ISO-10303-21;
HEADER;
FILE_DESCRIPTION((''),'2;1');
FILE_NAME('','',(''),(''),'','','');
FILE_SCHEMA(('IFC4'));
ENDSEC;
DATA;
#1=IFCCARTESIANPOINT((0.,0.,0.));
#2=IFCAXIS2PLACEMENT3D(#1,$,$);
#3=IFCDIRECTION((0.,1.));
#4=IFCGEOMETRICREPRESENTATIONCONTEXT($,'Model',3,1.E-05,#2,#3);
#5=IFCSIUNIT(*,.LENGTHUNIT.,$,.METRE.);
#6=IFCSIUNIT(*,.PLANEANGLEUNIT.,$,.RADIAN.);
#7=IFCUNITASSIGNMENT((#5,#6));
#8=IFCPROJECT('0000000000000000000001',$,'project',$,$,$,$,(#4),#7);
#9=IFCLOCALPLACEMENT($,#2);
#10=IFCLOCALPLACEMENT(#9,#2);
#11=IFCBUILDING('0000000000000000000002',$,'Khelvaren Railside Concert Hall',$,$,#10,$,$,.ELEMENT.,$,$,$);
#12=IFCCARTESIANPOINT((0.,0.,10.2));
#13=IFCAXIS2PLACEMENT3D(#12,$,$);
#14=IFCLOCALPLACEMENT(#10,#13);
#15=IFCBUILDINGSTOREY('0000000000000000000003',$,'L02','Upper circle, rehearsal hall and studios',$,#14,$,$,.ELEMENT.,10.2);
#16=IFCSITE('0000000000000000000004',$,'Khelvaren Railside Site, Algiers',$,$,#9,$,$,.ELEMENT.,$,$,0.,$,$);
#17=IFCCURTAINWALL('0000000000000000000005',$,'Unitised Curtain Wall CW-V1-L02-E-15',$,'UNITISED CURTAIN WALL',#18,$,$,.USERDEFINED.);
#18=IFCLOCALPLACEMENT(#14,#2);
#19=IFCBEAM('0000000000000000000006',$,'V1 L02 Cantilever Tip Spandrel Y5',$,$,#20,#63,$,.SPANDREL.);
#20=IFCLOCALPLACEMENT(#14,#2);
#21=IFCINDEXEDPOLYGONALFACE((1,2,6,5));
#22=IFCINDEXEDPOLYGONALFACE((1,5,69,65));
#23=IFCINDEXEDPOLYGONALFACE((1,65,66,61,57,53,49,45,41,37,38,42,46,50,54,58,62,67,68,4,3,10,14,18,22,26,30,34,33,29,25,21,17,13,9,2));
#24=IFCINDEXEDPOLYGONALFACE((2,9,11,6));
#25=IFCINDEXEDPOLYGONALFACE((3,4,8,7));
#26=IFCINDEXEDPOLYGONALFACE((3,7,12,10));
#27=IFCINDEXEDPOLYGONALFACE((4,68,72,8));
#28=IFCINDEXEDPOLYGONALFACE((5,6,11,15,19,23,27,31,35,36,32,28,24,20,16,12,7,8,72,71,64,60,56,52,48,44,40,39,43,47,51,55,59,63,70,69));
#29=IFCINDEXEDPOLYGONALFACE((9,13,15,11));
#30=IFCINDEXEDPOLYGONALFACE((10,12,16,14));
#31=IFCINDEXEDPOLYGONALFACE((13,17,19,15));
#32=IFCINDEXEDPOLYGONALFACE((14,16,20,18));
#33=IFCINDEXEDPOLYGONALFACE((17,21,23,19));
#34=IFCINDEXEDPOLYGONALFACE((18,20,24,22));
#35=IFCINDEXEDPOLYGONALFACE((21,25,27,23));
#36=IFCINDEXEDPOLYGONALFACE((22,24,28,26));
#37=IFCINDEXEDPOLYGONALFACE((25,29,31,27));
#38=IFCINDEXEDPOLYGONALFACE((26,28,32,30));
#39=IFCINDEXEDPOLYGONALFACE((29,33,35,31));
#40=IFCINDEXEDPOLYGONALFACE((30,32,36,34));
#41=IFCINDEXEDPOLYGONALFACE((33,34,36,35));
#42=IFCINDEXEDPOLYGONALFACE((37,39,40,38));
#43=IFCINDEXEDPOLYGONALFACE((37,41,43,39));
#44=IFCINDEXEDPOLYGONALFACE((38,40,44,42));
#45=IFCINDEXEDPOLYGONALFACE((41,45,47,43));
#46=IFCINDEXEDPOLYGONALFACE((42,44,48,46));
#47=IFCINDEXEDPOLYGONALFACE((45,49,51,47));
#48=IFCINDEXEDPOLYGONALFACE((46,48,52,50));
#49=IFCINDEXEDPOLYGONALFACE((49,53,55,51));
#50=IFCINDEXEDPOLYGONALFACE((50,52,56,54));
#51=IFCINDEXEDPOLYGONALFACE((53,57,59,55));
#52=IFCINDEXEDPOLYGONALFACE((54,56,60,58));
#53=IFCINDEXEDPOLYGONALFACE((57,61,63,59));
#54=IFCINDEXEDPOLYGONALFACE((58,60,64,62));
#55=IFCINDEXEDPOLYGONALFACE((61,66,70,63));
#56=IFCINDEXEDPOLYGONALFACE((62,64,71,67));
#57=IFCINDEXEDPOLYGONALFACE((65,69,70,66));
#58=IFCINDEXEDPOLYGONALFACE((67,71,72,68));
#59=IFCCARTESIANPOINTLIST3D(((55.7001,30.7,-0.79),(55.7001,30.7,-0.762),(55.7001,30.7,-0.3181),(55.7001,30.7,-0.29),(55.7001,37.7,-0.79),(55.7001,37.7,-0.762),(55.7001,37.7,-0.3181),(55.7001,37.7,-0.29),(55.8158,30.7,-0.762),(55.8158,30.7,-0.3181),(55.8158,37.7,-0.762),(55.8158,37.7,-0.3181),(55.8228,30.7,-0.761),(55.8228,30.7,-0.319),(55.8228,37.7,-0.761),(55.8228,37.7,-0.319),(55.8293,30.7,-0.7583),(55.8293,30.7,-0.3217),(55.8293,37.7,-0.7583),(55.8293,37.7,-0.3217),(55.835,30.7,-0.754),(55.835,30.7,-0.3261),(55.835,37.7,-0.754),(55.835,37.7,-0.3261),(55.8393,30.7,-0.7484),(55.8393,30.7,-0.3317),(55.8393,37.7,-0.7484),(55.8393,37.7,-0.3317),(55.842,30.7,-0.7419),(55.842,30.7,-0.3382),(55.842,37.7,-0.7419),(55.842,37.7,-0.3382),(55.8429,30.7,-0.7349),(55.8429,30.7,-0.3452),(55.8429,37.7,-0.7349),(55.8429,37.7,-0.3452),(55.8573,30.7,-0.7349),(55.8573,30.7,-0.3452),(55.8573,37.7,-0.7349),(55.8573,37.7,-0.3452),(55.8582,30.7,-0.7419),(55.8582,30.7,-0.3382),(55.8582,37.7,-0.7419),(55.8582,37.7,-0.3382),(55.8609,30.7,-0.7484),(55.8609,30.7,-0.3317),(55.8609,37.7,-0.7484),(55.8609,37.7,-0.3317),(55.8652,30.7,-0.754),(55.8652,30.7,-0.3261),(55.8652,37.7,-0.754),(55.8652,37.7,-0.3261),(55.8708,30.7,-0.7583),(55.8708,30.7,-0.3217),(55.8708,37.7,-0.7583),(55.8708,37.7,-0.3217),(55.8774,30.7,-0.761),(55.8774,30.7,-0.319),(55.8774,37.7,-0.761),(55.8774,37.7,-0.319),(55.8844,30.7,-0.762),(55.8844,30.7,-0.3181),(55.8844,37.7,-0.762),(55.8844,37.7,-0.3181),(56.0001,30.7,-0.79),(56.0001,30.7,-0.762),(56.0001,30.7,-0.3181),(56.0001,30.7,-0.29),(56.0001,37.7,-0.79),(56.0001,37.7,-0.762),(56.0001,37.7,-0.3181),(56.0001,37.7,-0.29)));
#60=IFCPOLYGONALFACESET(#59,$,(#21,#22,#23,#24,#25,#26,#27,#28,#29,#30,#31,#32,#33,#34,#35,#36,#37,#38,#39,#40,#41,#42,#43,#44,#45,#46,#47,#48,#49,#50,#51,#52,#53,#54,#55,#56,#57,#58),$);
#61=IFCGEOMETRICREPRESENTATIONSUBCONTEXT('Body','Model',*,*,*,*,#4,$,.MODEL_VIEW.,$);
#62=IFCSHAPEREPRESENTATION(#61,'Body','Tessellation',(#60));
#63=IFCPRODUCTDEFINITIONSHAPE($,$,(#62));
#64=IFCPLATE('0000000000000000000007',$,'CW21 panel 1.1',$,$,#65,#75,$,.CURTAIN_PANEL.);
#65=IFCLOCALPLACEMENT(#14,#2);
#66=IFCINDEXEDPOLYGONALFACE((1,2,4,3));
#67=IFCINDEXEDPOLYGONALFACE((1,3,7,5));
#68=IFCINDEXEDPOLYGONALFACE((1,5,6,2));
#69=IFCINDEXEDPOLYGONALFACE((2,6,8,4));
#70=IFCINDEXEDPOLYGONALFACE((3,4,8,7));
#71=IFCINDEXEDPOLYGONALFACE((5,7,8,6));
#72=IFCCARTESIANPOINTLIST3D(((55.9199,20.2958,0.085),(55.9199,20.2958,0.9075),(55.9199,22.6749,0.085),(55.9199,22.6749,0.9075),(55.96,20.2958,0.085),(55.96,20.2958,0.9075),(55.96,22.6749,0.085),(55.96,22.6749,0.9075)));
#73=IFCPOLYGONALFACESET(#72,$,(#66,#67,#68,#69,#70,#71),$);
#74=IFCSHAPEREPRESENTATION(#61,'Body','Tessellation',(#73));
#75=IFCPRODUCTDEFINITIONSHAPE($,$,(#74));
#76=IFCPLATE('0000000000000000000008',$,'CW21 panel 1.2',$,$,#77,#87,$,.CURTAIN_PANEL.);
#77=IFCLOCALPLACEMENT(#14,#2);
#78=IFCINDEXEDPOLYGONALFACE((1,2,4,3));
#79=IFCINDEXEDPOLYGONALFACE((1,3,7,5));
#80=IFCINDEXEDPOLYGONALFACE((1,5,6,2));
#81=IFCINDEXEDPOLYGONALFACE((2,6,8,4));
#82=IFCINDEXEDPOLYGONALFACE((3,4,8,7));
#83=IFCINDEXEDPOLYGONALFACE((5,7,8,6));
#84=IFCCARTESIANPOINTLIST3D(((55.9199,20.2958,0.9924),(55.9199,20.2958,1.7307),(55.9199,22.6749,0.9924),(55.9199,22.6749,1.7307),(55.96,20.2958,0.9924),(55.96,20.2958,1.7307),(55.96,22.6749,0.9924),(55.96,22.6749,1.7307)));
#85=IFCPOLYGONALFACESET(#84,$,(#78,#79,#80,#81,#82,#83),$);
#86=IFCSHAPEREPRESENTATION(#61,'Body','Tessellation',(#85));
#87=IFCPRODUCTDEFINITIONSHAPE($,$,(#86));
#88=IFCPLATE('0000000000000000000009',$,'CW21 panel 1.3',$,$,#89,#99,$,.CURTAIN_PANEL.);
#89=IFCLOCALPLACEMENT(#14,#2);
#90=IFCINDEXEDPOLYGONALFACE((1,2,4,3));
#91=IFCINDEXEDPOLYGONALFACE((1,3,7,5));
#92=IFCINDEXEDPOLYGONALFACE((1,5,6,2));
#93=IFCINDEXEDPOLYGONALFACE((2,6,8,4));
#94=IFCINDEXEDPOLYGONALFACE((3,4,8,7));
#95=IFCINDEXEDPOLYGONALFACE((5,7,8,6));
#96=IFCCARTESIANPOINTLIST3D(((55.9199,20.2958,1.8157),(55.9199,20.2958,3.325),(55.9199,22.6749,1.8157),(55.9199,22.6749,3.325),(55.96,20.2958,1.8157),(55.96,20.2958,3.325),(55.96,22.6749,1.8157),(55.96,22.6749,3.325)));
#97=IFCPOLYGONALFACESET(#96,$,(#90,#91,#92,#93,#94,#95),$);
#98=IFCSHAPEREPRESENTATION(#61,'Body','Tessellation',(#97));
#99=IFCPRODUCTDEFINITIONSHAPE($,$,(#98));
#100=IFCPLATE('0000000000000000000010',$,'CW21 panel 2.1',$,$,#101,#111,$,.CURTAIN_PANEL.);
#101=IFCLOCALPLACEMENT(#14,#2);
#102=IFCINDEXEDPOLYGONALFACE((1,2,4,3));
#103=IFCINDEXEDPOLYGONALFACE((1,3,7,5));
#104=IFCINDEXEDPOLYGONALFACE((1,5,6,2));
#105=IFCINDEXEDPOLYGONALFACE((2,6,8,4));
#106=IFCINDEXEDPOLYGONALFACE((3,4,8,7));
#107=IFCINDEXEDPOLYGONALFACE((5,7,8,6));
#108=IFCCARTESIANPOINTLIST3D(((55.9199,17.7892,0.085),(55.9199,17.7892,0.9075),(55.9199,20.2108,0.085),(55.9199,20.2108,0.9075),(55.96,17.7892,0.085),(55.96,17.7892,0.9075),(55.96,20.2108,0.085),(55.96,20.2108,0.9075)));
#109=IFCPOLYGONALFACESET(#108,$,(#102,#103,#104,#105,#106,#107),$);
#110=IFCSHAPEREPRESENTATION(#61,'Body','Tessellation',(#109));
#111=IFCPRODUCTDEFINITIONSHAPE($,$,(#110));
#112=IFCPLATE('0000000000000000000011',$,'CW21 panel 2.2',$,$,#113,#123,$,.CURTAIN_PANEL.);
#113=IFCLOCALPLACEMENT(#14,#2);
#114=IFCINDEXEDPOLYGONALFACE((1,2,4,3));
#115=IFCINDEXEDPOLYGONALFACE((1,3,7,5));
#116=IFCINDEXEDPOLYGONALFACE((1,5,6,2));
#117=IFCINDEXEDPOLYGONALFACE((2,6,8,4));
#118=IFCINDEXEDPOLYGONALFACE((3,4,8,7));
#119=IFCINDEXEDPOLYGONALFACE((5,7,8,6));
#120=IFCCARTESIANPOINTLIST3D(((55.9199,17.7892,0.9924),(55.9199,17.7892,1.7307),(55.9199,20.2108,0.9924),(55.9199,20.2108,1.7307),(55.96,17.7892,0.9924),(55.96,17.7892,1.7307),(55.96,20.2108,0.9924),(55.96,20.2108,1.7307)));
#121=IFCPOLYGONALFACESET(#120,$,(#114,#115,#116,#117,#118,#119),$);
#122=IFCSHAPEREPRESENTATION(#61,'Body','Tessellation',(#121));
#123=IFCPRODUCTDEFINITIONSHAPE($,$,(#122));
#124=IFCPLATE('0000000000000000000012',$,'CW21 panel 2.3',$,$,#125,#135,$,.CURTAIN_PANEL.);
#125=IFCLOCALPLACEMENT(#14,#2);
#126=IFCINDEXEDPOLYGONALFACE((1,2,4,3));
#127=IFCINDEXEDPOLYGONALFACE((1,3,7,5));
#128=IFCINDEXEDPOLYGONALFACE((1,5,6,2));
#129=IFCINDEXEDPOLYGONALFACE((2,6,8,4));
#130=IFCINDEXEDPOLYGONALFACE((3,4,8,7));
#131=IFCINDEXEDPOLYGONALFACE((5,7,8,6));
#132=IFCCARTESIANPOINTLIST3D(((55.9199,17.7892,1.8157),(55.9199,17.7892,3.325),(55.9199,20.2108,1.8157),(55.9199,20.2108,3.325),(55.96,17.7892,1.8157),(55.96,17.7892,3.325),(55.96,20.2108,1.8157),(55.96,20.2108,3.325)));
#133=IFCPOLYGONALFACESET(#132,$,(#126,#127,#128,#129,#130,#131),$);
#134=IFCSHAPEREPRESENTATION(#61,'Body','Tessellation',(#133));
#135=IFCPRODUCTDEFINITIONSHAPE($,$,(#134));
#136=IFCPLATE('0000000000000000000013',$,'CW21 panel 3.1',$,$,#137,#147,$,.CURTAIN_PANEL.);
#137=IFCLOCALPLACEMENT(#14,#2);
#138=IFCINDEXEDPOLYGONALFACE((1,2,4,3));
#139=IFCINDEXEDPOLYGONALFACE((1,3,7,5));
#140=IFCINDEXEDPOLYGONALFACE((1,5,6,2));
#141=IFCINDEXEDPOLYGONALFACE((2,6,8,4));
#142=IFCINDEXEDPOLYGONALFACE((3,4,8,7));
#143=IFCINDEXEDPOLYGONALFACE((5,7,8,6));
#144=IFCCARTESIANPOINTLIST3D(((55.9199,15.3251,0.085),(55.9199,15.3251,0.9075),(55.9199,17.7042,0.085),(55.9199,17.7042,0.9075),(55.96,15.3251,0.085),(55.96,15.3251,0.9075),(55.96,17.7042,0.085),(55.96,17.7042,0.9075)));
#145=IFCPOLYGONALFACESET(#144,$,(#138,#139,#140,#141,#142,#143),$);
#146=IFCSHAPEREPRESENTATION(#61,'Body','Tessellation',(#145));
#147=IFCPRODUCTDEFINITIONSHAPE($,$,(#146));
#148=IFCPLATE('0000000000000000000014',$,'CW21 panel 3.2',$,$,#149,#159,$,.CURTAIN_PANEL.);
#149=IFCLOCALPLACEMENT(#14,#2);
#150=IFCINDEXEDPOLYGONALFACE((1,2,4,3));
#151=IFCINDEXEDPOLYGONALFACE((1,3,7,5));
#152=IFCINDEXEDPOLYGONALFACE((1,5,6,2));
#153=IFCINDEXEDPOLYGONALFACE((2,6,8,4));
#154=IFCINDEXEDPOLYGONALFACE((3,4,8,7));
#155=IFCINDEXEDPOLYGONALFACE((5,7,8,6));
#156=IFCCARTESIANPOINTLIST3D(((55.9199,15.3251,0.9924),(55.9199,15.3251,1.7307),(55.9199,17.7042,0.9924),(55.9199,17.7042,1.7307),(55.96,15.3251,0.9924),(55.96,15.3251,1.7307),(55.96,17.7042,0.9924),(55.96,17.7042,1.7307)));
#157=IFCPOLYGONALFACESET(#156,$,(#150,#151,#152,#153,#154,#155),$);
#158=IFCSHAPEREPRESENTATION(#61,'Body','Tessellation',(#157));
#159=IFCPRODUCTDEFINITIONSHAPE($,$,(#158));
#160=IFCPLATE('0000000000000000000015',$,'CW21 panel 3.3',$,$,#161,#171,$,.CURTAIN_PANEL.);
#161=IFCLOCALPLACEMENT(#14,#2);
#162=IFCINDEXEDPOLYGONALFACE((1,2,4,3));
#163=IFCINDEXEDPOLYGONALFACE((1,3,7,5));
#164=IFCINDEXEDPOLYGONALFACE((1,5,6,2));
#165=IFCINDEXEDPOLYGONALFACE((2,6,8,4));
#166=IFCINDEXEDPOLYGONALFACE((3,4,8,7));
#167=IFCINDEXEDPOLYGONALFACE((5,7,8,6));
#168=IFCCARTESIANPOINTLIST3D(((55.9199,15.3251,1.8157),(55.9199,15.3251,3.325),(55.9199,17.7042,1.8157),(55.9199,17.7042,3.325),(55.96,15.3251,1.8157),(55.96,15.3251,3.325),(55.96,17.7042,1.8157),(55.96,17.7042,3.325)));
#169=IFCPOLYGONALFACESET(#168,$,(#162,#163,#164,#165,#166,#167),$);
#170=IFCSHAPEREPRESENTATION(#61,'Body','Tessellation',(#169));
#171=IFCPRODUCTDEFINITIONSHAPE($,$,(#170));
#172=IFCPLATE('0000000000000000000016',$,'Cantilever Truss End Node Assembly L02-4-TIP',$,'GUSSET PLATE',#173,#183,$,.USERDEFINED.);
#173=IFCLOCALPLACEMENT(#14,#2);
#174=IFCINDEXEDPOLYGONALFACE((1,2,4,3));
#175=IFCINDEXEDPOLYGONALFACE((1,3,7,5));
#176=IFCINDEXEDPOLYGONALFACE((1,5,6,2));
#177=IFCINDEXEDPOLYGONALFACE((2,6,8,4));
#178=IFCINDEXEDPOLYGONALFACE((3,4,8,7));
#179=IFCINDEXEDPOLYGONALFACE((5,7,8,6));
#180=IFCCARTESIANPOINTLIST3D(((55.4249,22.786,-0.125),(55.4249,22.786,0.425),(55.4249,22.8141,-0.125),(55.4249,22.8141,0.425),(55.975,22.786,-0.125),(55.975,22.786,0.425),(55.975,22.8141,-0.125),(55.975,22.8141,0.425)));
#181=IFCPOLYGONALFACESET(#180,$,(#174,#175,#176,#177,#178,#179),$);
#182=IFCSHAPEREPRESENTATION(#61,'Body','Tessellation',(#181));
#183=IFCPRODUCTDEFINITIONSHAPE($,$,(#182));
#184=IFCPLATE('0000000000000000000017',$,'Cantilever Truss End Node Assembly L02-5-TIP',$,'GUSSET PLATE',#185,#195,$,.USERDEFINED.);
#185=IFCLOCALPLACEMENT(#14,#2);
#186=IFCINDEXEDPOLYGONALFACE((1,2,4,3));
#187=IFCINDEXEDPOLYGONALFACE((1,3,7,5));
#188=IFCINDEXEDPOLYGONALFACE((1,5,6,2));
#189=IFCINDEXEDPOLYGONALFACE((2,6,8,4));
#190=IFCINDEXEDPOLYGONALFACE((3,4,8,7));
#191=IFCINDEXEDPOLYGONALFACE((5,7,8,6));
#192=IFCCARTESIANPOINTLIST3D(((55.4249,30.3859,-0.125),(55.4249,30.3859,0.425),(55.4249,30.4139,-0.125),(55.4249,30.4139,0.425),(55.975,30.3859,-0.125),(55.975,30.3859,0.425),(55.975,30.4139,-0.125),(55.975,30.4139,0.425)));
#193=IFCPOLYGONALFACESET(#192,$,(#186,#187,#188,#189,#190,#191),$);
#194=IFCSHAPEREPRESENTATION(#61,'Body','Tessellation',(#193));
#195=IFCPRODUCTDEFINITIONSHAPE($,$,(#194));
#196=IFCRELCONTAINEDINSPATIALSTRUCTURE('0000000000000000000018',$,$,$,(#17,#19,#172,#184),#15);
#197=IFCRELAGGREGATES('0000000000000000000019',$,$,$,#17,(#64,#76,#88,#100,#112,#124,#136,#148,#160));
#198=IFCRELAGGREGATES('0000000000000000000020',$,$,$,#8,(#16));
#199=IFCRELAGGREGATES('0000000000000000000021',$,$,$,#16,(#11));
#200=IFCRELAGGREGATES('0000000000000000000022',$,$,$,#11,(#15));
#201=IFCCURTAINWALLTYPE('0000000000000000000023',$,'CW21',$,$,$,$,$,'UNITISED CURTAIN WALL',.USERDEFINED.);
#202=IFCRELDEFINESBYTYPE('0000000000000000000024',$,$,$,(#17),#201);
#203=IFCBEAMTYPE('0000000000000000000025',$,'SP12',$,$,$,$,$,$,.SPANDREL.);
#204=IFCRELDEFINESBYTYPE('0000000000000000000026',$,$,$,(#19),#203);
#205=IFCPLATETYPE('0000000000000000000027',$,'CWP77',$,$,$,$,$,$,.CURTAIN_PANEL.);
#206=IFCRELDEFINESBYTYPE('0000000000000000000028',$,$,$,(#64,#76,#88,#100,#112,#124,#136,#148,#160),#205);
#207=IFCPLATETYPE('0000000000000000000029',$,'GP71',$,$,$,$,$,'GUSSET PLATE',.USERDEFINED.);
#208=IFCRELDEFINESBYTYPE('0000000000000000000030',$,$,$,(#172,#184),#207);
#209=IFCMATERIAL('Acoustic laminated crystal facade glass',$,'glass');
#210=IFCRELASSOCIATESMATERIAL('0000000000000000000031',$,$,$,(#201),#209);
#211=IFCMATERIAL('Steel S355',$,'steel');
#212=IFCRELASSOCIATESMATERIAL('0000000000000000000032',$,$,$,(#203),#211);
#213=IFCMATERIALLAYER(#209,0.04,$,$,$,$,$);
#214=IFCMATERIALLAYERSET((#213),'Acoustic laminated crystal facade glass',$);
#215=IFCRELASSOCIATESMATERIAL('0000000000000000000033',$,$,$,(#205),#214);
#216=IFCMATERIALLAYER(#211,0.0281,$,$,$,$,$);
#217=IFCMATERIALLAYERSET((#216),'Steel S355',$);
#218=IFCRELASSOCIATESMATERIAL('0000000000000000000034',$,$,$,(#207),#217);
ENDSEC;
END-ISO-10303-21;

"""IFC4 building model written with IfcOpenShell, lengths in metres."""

from ifc_helpers import new_model, si_unit, direction, frame, origin, origin_2d, place, context, subcontext, project, spatial, rectangle, i_section, extrude, material, layer, layer_set, material_profile, profile_set, type_object, element, aggregate, save


model = new_model("IFC4")

# Units and contexts
model_context = context("Model", 3, precision=1e-05, world=origin(), true_north=direction((0.0, 1.0)))
body_context = subcontext(model_context, "Body", "Model", "MODEL_VIEW")
ifc_project = project(units=[si_unit("LENGTHUNIT", "METRE"), si_unit("PLANEANGLEUNIT", "RADIAN")], contexts=[model_context])

# Site, building, storey
site_placement = place(None, origin())
site = spatial("IfcSite", under=ifc_project, at=site_placement, Name="Khelvaren Railside Site, Algiers", CompositionType="ELEMENT", RefElevation=0.0)
building_placement = place(site_placement, origin())
building = spatial("IfcBuilding", under=site, at=building_placement, Name="Khelvaren Railside Concert Hall", CompositionType="ELEMENT")
storey_placement = place(building_placement, frame((0.0, 0.0, 10.2)))
storey = spatial("IfcBuildingStorey", under=building, at=storey_placement, Name="L02", Description="Upper circle, rehearsal hall and studios", CompositionType="ELEMENT", Elevation=10.2)

# Curtain wall
ifc_material_1 = material(Name="Acoustic laminated crystal facade glass", Category="glass")
curtain_wall_type = type_object("IfcCurtainWallType", Name="CW21", ElementType="UNITISED CURTAIN WALL", PredefinedType="USERDEFINED", material=ifc_material_1)
curtain_wall_placement = place(storey_placement, origin())
curtain_wall = element("IfcCurtainWall", 1, at=curtain_wall_placement, inside=storey, type_object=curtain_wall_type, Name="Unitised Curtain Wall CW-V1-L02-E-15", ObjectType="UNITISED CURTAIN WALL", PredefinedType="USERDEFINED")

# Beam
ifc_material_2 = material(Name="Steel S355", Category="steel")
ifc_material_profile_1 = material_profile(ifc_material_2, i_section(OverallWidth=0.3, OverallDepth=0.5, WebThickness=0.0144, FlangeThickness=0.0281, FilletRadius=0.0271, at=origin_2d()), Name="HEB 500")
ifc_profile_set_1 = profile_set([ifc_material_profile_1], Name="Steel S355")
beam_type = type_object("IfcBeamType", Name="SP12", PredefinedType="SPANDREL", material=ifc_profile_set_1)
for number, where, z_axis, x_axis, name in (
    (2, (55.8501, 30.7, -0.54), (0.0, 1.0, 0.0), (-1.0, 0.0, 0.0), "V1 L02 Cantilever Tip Spandrel Y5"),
):
    element("IfcBeam", number, at=place(storey_placement, frame(where, z_axis=z_axis, x_axis=x_axis)), inside=storey, type_object=beam_type, Name=name, PredefinedType="SPANDREL", context=body_context, shape_type="SweptSolid", body=[
        extrude(i_section(OverallWidth=0.3, OverallDepth=0.5, WebThickness=0.0144, FlangeThickness=0.0281, FilletRadius=0.0271, at=origin_2d()), origin(), (0.0, 0.0, 1.0), 7.0),
    ])

# Plates
ifc_layer_1 = layer(ifc_material_1, 0.04)
ifc_layer_set_1 = layer_set([ifc_layer_1], Name="Acoustic laminated crystal facade glass")
plate_type_1 = type_object("IfcPlateType", Name="CWP77", PredefinedType="CURTAIN_PANEL", material=ifc_layer_set_1)
plate_1_placement = place(storey_placement, frame((55.9399, 21.4854, 0.085), z_axis=(0.0, 0.0, 1.0), x_axis=(0.0, -1.0, 0.0)))
plate_1 = element("IfcPlate", 3, at=plate_1_placement, type_object=plate_type_1, Name="CW21 panel 1.1", PredefinedType="CURTAIN_PANEL", context=body_context, shape_type="SweptSolid", body=[
    extrude(rectangle(XDim=2.3792, YDim=0.04, at=origin_2d()), origin(), (0.0, 0.0, 1.0), 0.8225),
])
plate_2_placement = place(storey_placement, frame((55.9399, 21.4854, 0.9924), z_axis=(0.0, 0.0, 1.0), x_axis=(0.0, -1.0, 0.0)))
plate_2 = element("IfcPlate", 4, at=plate_2_placement, type_object=plate_type_1, Name="CW21 panel 1.2", PredefinedType="CURTAIN_PANEL", context=body_context, shape_type="SweptSolid", body=[
    extrude(rectangle(XDim=2.3792, YDim=0.04, at=origin_2d()), origin(), (0.0, 0.0, 1.0), 0.7383),
])
plate_3_placement = place(storey_placement, frame((55.9399, 21.4854, 1.8157), z_axis=(0.0, 0.0, 1.0), x_axis=(0.0, -1.0, 0.0)))
plate_3 = element("IfcPlate", 5, at=plate_3_placement, type_object=plate_type_1, Name="CW21 panel 1.3", PredefinedType="CURTAIN_PANEL", context=body_context, shape_type="SweptSolid", body=[
    extrude(rectangle(XDim=2.3792, YDim=0.04, at=origin_2d()), origin(), (0.0, 0.0, 1.0), 1.5093),
])
plate_4_placement = place(storey_placement, frame((55.9399, 19.0, 0.085), z_axis=(0.0, 0.0, 1.0), x_axis=(0.0, -1.0, 0.0)))
plate_4 = element("IfcPlate", 6, at=plate_4_placement, type_object=plate_type_1, Name="CW21 panel 2.1", PredefinedType="CURTAIN_PANEL", context=body_context, shape_type="SweptSolid", body=[
    extrude(rectangle(XDim=2.4216, YDim=0.04, at=origin_2d()), origin(), (0.0, 0.0, 1.0), 0.8225),
])
plate_5_placement = place(storey_placement, frame((55.9399, 19.0, 0.9924), z_axis=(0.0, 0.0, 1.0), x_axis=(0.0, -1.0, 0.0)))
plate_5 = element("IfcPlate", 7, at=plate_5_placement, type_object=plate_type_1, Name="CW21 panel 2.2", PredefinedType="CURTAIN_PANEL", context=body_context, shape_type="SweptSolid", body=[
    extrude(rectangle(XDim=2.4216, YDim=0.04, at=origin_2d()), origin(), (0.0, 0.0, 1.0), 0.7383),
])
plate_6_placement = place(storey_placement, frame((55.9399, 19.0, 1.8157), z_axis=(0.0, 0.0, 1.0), x_axis=(0.0, -1.0, 0.0)))
plate_6 = element("IfcPlate", 8, at=plate_6_placement, type_object=plate_type_1, Name="CW21 panel 2.3", PredefinedType="CURTAIN_PANEL", context=body_context, shape_type="SweptSolid", body=[
    extrude(rectangle(XDim=2.4216, YDim=0.04, at=origin_2d()), origin(), (0.0, 0.0, 1.0), 1.5093),
])
plate_7_placement = place(storey_placement, frame((55.9399, 16.5146, 0.085), z_axis=(0.0, 0.0, 1.0), x_axis=(0.0, -1.0, 0.0)))
plate_7 = element("IfcPlate", 9, at=plate_7_placement, type_object=plate_type_1, Name="CW21 panel 3.1", PredefinedType="CURTAIN_PANEL", context=body_context, shape_type="SweptSolid", body=[
    extrude(rectangle(XDim=2.3792, YDim=0.04, at=origin_2d()), origin(), (0.0, 0.0, 1.0), 0.8225),
])
plate_8_placement = place(storey_placement, frame((55.9399, 16.5146, 0.9924), z_axis=(0.0, 0.0, 1.0), x_axis=(0.0, -1.0, 0.0)))
plate_8 = element("IfcPlate", 10, at=plate_8_placement, type_object=plate_type_1, Name="CW21 panel 3.2", PredefinedType="CURTAIN_PANEL", context=body_context, shape_type="SweptSolid", body=[
    extrude(rectangle(XDim=2.3792, YDim=0.04, at=origin_2d()), origin(), (0.0, 0.0, 1.0), 0.7383),
])
plate_9_placement = place(storey_placement, frame((55.9399, 16.5146, 1.8157), z_axis=(0.0, 0.0, 1.0), x_axis=(0.0, -1.0, 0.0)))
plate_9 = element("IfcPlate", 11, at=plate_9_placement, type_object=plate_type_1, Name="CW21 panel 3.3", PredefinedType="CURTAIN_PANEL", context=body_context, shape_type="SweptSolid", body=[
    extrude(rectangle(XDim=2.3792, YDim=0.04, at=origin_2d()), origin(), (0.0, 0.0, 1.0), 1.5093),
])
aggregate(curtain_wall, [plate_1, plate_2, plate_3, plate_4, plate_5, plate_6, plate_7, plate_8, plate_9])

# Plates
ifc_layer_2 = layer(ifc_material_2, 0.0281)
ifc_layer_set_2 = layer_set([ifc_layer_2], Name="Steel S355")
plate_type_2 = type_object("IfcPlateType", Name="GP71", ElementType="GUSSET PLATE", PredefinedType="USERDEFINED", material=ifc_layer_set_2)
for number, where, z_axis, x_axis, name in (
    (12, (55.7, 22.8, -0.125), (0.0, 0.0, 1.0), (1.0, 0.0, 0.0), "Cantilever Truss End Node Assembly L02-4-TIP"),
    (13, (55.7, 30.3999, -0.125), (0.0, 0.0, 1.0), (1.0, 0.0, 0.0), "Cantilever Truss End Node Assembly L02-5-TIP"),
):
    element("IfcPlate", number, at=place(storey_placement, frame(where, z_axis=z_axis, x_axis=x_axis)), inside=storey, type_object=plate_type_2, Name=name, ObjectType="GUSSET PLATE", PredefinedType="USERDEFINED", context=body_context, shape_type="SweptSolid", body=[
        extrude(rectangle(XDim=0.55, YDim=0.0281, at=origin_2d()), origin(), (0.0, 0.0, 1.0), 0.55),
    ])

save(model, "model.ifc")
